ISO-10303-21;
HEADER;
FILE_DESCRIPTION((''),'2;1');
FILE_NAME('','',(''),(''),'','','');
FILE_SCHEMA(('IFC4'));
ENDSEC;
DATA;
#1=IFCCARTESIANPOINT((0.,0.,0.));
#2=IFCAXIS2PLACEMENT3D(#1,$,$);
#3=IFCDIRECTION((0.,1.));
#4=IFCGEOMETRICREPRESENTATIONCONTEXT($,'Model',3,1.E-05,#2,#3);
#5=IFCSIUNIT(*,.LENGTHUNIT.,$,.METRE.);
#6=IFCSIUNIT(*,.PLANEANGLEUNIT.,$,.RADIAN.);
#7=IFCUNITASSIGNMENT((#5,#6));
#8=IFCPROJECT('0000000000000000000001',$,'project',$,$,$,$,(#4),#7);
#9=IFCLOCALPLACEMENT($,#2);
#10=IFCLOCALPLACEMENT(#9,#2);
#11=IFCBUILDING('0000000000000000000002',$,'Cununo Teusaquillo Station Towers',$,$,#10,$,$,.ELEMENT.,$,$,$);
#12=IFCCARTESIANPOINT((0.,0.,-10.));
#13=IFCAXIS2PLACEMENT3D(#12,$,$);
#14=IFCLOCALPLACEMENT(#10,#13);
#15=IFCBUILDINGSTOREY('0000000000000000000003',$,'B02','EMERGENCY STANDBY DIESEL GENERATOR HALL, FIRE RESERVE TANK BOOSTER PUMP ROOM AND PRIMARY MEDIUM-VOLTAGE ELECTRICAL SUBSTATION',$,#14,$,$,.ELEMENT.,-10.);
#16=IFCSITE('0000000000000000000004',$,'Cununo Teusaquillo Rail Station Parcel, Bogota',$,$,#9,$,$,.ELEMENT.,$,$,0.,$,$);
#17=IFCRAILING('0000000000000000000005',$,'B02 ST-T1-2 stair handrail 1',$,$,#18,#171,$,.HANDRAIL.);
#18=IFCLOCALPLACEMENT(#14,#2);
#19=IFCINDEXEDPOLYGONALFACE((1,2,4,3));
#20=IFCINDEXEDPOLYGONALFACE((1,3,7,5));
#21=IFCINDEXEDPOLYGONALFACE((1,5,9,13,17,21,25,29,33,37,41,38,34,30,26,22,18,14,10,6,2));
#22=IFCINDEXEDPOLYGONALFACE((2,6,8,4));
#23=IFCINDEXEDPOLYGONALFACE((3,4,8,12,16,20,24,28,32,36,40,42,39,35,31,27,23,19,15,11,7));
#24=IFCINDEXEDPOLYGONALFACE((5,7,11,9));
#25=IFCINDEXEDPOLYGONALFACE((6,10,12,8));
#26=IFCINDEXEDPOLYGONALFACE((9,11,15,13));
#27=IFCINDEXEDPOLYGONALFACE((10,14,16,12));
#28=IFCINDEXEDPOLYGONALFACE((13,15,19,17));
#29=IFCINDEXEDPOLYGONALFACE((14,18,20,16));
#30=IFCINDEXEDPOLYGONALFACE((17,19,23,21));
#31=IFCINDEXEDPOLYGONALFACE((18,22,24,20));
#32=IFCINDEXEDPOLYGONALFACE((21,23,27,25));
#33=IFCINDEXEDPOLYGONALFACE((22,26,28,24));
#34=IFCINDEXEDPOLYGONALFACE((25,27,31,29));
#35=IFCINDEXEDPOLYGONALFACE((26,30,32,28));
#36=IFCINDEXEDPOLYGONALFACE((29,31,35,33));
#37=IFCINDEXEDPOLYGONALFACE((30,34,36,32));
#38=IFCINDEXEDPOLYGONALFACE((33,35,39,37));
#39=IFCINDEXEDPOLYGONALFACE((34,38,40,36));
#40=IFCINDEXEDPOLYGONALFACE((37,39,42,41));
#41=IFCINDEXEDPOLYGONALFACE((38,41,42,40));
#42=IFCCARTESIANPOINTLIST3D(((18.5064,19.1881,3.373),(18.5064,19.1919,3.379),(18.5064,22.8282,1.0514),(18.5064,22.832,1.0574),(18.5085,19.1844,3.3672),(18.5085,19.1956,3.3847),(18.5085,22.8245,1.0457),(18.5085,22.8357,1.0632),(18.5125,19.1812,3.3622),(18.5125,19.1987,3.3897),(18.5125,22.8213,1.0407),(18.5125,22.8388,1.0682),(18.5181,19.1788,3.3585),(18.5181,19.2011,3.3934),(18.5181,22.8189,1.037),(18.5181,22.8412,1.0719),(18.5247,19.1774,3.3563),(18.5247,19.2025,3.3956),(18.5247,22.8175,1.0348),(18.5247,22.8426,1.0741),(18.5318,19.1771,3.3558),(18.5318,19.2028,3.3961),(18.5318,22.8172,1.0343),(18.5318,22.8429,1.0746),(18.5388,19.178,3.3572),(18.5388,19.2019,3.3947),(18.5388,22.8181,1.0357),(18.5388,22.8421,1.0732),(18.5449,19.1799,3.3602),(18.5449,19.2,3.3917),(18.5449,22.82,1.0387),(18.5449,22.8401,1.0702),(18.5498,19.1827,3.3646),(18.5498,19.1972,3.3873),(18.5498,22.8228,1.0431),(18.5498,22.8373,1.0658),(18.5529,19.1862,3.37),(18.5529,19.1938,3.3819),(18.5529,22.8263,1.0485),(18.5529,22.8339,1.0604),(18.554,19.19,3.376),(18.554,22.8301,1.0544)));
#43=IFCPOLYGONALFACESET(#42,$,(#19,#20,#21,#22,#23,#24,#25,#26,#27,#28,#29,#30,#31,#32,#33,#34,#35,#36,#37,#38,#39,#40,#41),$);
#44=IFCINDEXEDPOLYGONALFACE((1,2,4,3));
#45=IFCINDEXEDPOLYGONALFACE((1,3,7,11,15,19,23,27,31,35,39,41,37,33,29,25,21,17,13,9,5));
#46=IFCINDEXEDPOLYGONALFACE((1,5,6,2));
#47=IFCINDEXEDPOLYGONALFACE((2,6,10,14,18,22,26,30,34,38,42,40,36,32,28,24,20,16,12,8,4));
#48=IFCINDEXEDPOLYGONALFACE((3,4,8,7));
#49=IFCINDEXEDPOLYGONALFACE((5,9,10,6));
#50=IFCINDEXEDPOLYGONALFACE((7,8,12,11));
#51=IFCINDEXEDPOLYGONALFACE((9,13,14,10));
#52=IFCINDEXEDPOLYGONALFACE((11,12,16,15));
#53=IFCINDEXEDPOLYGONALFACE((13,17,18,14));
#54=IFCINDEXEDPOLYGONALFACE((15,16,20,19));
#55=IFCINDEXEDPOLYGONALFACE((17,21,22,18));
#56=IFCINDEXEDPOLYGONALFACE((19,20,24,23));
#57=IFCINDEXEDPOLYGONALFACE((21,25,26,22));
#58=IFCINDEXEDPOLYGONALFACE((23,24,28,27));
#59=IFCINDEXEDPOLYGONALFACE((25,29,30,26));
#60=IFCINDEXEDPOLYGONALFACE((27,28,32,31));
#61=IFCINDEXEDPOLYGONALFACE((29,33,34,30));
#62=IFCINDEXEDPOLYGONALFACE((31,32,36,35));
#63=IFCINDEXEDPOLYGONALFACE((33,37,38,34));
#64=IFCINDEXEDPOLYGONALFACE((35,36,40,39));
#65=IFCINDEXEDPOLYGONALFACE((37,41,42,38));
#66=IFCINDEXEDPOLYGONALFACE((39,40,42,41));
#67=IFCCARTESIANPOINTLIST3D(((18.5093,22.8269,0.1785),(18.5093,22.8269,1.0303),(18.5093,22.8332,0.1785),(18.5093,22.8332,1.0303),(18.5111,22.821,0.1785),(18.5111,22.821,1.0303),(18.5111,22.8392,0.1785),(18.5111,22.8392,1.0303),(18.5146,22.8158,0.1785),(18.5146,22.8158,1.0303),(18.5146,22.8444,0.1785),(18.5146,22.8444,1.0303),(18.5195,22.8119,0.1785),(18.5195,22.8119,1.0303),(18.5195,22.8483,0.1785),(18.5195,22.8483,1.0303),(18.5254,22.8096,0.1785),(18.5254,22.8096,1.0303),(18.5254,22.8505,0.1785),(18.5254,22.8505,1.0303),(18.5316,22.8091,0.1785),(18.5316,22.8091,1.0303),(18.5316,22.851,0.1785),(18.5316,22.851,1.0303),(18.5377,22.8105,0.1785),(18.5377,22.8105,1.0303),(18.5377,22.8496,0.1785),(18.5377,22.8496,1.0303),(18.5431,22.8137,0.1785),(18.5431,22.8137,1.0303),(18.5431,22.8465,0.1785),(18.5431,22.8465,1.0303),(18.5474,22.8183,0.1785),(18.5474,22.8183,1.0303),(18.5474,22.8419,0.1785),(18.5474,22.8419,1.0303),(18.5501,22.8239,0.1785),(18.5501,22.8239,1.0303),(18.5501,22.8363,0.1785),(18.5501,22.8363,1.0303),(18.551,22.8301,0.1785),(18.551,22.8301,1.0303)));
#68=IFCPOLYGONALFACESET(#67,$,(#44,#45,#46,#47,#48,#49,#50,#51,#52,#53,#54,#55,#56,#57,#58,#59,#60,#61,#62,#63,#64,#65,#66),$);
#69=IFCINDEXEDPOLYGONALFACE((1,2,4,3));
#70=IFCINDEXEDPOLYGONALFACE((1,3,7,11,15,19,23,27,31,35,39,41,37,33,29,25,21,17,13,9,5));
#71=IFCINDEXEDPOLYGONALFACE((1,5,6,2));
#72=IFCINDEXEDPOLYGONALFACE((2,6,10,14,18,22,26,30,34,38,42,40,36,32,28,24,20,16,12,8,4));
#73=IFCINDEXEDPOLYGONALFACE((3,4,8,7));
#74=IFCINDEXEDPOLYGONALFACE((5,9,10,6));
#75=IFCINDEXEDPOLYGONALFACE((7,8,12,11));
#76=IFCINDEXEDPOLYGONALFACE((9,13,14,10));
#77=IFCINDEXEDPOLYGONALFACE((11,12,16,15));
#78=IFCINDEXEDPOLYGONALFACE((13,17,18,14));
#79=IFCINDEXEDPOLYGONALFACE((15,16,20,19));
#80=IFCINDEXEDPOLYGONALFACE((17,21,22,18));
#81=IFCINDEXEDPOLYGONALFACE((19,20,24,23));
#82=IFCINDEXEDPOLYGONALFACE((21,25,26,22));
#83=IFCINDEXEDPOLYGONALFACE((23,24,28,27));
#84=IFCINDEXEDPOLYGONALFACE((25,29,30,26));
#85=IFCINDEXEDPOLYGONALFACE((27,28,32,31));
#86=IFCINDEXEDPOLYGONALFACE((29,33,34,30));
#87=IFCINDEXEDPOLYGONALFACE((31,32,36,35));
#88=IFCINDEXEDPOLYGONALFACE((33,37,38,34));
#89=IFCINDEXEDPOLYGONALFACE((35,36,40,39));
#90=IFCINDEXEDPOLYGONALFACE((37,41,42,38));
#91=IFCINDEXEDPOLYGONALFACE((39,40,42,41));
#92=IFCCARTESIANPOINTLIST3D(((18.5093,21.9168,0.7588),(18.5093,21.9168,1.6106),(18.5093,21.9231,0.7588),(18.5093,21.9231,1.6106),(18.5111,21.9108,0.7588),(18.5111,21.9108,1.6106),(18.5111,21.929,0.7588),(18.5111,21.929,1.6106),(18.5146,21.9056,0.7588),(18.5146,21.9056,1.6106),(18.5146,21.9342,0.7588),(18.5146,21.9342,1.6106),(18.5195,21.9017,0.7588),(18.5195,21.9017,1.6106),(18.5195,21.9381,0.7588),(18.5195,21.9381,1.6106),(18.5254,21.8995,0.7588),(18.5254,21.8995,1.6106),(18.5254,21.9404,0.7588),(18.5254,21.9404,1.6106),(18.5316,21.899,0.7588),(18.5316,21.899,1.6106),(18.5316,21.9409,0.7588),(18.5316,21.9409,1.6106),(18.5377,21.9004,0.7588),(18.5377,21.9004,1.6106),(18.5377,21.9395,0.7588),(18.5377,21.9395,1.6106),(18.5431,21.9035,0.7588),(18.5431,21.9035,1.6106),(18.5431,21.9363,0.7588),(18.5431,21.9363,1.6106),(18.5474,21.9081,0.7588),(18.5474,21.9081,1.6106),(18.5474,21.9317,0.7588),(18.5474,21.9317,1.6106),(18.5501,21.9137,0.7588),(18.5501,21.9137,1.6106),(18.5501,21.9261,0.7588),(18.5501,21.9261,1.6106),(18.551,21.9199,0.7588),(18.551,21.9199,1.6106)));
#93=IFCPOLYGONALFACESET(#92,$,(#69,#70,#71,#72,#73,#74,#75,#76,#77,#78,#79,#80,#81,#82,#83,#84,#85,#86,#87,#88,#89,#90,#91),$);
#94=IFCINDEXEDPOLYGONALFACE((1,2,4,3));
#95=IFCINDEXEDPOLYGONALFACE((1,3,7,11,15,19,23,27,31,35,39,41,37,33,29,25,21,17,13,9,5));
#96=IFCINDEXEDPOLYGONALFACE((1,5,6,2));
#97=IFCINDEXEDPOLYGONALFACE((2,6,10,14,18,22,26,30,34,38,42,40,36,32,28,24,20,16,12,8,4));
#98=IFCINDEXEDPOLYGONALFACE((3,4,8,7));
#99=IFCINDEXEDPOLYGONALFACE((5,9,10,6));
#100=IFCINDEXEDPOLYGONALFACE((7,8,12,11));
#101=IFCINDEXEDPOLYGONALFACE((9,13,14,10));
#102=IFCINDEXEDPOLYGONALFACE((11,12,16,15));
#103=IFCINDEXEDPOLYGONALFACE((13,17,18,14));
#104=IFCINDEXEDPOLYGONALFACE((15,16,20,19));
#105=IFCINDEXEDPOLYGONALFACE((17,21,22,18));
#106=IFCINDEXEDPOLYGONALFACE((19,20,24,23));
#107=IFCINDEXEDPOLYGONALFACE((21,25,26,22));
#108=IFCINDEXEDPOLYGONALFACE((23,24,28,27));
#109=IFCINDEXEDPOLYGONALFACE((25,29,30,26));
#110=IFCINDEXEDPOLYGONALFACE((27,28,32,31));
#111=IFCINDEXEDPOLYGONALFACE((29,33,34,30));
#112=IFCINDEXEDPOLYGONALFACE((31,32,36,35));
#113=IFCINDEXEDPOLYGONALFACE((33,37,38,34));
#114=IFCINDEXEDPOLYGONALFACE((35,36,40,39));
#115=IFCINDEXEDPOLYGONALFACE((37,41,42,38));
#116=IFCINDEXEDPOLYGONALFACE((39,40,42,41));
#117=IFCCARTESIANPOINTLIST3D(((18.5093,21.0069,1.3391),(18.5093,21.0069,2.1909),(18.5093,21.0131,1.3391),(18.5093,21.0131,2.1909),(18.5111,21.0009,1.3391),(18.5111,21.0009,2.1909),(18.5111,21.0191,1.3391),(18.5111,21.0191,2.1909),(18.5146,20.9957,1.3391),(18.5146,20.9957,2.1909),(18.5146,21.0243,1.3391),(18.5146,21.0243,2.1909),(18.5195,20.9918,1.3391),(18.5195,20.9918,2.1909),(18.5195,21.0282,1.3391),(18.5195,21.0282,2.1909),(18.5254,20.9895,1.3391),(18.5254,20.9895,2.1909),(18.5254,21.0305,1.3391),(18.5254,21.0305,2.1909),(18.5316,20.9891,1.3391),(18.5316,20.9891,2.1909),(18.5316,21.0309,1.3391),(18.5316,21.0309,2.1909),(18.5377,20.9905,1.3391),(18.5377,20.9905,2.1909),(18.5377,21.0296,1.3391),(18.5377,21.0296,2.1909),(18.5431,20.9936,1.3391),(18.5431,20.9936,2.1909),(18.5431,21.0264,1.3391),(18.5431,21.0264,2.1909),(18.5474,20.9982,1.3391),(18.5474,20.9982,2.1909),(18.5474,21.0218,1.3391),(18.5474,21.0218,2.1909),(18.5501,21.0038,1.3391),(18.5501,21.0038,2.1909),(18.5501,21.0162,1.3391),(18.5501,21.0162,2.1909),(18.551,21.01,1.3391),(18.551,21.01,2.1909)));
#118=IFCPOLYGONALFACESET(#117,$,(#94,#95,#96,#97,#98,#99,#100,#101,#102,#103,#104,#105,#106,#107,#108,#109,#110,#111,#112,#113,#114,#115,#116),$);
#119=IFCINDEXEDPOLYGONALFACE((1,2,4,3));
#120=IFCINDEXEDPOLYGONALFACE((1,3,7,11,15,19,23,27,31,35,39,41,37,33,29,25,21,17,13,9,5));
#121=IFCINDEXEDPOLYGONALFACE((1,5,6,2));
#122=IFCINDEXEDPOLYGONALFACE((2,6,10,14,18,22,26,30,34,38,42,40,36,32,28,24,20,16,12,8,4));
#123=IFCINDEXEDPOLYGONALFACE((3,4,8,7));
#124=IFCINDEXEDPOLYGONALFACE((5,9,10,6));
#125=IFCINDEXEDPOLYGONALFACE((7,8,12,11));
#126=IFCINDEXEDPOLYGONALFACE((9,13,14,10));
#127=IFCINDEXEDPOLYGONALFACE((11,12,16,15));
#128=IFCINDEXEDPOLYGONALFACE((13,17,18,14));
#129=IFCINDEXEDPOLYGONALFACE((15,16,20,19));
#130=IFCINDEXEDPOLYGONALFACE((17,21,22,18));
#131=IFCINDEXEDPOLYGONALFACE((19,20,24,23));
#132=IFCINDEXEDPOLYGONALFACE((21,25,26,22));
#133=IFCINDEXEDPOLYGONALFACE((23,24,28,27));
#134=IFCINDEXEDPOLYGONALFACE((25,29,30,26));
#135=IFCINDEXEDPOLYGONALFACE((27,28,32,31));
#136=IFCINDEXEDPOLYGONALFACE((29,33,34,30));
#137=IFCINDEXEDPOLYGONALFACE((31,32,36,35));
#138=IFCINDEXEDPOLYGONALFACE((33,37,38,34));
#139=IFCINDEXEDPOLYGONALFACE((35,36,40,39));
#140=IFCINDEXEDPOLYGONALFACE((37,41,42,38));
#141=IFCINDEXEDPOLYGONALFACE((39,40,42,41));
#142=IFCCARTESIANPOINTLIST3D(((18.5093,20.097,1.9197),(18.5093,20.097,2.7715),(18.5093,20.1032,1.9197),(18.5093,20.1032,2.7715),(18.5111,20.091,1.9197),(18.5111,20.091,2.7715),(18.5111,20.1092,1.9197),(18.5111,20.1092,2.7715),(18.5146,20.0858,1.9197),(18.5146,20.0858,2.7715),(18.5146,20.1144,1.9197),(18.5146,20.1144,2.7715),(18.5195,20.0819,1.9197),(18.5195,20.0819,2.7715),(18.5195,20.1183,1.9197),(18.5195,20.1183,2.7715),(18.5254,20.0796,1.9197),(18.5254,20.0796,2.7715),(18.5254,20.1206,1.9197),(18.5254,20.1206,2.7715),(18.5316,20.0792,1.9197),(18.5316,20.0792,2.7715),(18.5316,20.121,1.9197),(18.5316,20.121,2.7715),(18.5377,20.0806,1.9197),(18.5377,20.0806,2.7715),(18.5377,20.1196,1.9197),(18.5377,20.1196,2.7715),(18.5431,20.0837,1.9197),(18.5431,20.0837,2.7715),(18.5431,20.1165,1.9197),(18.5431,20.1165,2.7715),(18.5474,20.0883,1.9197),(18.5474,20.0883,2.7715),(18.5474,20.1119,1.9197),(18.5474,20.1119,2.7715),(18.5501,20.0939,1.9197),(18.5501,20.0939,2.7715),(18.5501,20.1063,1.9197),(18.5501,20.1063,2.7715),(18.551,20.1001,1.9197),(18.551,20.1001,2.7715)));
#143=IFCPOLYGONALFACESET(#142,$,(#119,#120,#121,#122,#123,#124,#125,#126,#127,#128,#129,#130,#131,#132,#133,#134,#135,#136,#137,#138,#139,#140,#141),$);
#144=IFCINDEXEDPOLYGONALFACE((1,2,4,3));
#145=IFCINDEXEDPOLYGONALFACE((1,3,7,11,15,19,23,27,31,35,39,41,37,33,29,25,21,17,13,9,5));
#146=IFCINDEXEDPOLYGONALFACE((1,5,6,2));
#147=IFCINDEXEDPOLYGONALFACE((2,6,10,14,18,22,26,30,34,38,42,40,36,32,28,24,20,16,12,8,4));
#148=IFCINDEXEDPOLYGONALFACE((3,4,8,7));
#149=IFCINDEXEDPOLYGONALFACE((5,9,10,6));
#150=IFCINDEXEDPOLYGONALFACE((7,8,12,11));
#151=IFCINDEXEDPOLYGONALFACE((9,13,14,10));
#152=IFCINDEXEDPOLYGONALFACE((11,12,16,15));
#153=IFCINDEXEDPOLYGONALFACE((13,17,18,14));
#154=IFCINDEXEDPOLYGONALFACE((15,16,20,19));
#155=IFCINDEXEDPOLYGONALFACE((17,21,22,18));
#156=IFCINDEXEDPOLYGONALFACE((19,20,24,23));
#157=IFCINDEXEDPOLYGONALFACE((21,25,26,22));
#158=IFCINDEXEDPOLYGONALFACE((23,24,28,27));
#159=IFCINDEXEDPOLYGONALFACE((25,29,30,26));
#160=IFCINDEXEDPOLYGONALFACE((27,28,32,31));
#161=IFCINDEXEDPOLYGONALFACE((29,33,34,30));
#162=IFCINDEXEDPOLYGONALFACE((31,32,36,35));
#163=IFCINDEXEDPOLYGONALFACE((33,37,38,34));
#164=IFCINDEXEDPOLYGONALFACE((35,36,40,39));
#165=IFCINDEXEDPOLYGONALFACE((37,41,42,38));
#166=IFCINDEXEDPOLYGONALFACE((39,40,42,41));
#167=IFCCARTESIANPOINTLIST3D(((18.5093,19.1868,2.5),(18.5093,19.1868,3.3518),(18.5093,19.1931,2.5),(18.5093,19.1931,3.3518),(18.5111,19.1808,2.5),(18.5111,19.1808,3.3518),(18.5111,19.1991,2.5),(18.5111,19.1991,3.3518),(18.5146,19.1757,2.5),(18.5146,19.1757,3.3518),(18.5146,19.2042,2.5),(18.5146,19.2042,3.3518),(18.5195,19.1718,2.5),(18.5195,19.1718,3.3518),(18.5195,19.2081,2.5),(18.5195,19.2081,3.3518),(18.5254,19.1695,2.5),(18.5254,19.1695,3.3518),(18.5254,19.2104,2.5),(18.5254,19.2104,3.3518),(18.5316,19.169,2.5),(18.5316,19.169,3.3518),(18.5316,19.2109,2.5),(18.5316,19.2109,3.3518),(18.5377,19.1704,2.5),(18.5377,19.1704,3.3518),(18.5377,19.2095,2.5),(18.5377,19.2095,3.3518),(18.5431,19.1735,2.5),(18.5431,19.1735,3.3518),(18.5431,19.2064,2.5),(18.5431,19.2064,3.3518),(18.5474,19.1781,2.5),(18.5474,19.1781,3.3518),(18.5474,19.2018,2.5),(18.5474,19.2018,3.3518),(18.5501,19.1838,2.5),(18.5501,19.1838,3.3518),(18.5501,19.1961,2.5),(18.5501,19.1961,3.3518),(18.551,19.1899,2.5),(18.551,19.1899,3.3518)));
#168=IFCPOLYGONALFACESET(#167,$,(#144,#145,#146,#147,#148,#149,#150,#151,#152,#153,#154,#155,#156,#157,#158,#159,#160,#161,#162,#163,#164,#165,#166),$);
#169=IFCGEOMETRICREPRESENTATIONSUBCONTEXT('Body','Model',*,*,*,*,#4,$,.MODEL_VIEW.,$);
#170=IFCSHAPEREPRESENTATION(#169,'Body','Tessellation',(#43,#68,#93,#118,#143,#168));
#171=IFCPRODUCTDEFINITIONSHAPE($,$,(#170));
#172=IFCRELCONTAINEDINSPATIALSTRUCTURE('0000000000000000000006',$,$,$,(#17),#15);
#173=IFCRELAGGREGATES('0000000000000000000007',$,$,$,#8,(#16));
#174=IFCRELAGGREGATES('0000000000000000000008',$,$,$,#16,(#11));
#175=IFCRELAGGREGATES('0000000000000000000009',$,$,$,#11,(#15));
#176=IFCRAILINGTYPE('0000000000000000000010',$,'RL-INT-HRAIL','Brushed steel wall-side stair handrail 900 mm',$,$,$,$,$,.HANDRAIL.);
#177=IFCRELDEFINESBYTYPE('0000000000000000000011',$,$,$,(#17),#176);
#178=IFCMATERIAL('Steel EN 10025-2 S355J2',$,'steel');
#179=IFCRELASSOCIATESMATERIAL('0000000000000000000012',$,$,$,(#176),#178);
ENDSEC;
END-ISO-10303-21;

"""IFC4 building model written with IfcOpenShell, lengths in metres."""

from ifc_helpers import new_model, si_unit, direction, frame, origin, origin_2d, place, context, subcontext, project, spatial, circle, extrude, material, type_object, element, save


model = new_model("IFC4")

# Units and contexts
model_context = context("Model", 3, precision=1e-05, world=origin(), true_north=direction((0.0, 1.0)))
body_context = subcontext(model_context, "Body", "Model", "MODEL_VIEW")
ifc_project = project(units=[si_unit("LENGTHUNIT", "METRE"), si_unit("PLANEANGLEUNIT", "RADIAN")], contexts=[model_context])

# Site, building, storey
site_placement = place(None, origin())
site = spatial("IfcSite", under=ifc_project, at=site_placement, Name="Cununo Teusaquillo Rail Station Parcel, Bogota", CompositionType="ELEMENT", RefElevation=0.0)
building_placement = place(site_placement, origin())
building = spatial("IfcBuilding", under=site, at=building_placement, Name="Cununo Teusaquillo Station Towers", CompositionType="ELEMENT")
storey_placement = place(building_placement, frame((0.0, 0.0, -10.0)))
storey = spatial("IfcBuildingStorey", under=building, at=storey_placement, Name="B02", Description="EMERGENCY STANDBY DIESEL GENERATOR HALL, FIRE RESERVE TANK BOOSTER PUMP ROOM AND PRIMARY MEDIUM-VOLTAGE ELECTRICAL SUBSTATION", CompositionType="ELEMENT", Elevation=-10.0)

# Railing
ifc_material_1 = material(Name="Steel EN 10025-2 S355J2", Category="steel")
railing_type_1 = type_object("IfcRailingType", Name="RL-INT-HRAIL", Description="Brushed steel wall-side stair handrail 900 mm", PredefinedType="HANDRAIL", material=ifc_material_1)
railing_1_placement = place(storey_placement, frame((18.53, 22.8301, 0.1785)))
element("IfcRailing", 1, at=railing_1_placement, inside=storey, type_object=railing_type_1, Name="B02 ST-T1-2 stair handrail 1", PredefinedType="HANDRAIL", context=body_context, shape_type="SweptSolid", body=[
    extrude(circle(Radius=0.0239, at=origin_2d()), frame((0.0, 0.0, 0.876), z_axis=(0.0, -0.843128, 0.537713), x_axis=(1.0, 0.0, 0.0)), (0.0, 0.0, 1.0), 4.3174),
    extrude(circle(Radius=0.021, at=origin_2d()), origin(), (0.0, 0.0, 1.0), 0.8518),
    extrude(circle(Radius=0.021, at=origin_2d()), frame((0.0, -0.9102, 0.5803)), (0.0, 0.0, 1.0), 0.8518),
    extrude(circle(Radius=0.021, at=origin_2d()), frame((0.0, -1.8201, 1.1606)), (0.0, 0.0, 1.0), 0.8518),
    extrude(circle(Radius=0.021, at=origin_2d()), frame((0.0, -2.73, 1.7412)), (0.0, 0.0, 1.0), 0.8518),
    extrude(circle(Radius=0.021, at=origin_2d()), frame((0.0, -3.6401, 2.3215)), (0.0, 0.0, 1.0), 0.8518),
])

save(model, "model.ifc")
